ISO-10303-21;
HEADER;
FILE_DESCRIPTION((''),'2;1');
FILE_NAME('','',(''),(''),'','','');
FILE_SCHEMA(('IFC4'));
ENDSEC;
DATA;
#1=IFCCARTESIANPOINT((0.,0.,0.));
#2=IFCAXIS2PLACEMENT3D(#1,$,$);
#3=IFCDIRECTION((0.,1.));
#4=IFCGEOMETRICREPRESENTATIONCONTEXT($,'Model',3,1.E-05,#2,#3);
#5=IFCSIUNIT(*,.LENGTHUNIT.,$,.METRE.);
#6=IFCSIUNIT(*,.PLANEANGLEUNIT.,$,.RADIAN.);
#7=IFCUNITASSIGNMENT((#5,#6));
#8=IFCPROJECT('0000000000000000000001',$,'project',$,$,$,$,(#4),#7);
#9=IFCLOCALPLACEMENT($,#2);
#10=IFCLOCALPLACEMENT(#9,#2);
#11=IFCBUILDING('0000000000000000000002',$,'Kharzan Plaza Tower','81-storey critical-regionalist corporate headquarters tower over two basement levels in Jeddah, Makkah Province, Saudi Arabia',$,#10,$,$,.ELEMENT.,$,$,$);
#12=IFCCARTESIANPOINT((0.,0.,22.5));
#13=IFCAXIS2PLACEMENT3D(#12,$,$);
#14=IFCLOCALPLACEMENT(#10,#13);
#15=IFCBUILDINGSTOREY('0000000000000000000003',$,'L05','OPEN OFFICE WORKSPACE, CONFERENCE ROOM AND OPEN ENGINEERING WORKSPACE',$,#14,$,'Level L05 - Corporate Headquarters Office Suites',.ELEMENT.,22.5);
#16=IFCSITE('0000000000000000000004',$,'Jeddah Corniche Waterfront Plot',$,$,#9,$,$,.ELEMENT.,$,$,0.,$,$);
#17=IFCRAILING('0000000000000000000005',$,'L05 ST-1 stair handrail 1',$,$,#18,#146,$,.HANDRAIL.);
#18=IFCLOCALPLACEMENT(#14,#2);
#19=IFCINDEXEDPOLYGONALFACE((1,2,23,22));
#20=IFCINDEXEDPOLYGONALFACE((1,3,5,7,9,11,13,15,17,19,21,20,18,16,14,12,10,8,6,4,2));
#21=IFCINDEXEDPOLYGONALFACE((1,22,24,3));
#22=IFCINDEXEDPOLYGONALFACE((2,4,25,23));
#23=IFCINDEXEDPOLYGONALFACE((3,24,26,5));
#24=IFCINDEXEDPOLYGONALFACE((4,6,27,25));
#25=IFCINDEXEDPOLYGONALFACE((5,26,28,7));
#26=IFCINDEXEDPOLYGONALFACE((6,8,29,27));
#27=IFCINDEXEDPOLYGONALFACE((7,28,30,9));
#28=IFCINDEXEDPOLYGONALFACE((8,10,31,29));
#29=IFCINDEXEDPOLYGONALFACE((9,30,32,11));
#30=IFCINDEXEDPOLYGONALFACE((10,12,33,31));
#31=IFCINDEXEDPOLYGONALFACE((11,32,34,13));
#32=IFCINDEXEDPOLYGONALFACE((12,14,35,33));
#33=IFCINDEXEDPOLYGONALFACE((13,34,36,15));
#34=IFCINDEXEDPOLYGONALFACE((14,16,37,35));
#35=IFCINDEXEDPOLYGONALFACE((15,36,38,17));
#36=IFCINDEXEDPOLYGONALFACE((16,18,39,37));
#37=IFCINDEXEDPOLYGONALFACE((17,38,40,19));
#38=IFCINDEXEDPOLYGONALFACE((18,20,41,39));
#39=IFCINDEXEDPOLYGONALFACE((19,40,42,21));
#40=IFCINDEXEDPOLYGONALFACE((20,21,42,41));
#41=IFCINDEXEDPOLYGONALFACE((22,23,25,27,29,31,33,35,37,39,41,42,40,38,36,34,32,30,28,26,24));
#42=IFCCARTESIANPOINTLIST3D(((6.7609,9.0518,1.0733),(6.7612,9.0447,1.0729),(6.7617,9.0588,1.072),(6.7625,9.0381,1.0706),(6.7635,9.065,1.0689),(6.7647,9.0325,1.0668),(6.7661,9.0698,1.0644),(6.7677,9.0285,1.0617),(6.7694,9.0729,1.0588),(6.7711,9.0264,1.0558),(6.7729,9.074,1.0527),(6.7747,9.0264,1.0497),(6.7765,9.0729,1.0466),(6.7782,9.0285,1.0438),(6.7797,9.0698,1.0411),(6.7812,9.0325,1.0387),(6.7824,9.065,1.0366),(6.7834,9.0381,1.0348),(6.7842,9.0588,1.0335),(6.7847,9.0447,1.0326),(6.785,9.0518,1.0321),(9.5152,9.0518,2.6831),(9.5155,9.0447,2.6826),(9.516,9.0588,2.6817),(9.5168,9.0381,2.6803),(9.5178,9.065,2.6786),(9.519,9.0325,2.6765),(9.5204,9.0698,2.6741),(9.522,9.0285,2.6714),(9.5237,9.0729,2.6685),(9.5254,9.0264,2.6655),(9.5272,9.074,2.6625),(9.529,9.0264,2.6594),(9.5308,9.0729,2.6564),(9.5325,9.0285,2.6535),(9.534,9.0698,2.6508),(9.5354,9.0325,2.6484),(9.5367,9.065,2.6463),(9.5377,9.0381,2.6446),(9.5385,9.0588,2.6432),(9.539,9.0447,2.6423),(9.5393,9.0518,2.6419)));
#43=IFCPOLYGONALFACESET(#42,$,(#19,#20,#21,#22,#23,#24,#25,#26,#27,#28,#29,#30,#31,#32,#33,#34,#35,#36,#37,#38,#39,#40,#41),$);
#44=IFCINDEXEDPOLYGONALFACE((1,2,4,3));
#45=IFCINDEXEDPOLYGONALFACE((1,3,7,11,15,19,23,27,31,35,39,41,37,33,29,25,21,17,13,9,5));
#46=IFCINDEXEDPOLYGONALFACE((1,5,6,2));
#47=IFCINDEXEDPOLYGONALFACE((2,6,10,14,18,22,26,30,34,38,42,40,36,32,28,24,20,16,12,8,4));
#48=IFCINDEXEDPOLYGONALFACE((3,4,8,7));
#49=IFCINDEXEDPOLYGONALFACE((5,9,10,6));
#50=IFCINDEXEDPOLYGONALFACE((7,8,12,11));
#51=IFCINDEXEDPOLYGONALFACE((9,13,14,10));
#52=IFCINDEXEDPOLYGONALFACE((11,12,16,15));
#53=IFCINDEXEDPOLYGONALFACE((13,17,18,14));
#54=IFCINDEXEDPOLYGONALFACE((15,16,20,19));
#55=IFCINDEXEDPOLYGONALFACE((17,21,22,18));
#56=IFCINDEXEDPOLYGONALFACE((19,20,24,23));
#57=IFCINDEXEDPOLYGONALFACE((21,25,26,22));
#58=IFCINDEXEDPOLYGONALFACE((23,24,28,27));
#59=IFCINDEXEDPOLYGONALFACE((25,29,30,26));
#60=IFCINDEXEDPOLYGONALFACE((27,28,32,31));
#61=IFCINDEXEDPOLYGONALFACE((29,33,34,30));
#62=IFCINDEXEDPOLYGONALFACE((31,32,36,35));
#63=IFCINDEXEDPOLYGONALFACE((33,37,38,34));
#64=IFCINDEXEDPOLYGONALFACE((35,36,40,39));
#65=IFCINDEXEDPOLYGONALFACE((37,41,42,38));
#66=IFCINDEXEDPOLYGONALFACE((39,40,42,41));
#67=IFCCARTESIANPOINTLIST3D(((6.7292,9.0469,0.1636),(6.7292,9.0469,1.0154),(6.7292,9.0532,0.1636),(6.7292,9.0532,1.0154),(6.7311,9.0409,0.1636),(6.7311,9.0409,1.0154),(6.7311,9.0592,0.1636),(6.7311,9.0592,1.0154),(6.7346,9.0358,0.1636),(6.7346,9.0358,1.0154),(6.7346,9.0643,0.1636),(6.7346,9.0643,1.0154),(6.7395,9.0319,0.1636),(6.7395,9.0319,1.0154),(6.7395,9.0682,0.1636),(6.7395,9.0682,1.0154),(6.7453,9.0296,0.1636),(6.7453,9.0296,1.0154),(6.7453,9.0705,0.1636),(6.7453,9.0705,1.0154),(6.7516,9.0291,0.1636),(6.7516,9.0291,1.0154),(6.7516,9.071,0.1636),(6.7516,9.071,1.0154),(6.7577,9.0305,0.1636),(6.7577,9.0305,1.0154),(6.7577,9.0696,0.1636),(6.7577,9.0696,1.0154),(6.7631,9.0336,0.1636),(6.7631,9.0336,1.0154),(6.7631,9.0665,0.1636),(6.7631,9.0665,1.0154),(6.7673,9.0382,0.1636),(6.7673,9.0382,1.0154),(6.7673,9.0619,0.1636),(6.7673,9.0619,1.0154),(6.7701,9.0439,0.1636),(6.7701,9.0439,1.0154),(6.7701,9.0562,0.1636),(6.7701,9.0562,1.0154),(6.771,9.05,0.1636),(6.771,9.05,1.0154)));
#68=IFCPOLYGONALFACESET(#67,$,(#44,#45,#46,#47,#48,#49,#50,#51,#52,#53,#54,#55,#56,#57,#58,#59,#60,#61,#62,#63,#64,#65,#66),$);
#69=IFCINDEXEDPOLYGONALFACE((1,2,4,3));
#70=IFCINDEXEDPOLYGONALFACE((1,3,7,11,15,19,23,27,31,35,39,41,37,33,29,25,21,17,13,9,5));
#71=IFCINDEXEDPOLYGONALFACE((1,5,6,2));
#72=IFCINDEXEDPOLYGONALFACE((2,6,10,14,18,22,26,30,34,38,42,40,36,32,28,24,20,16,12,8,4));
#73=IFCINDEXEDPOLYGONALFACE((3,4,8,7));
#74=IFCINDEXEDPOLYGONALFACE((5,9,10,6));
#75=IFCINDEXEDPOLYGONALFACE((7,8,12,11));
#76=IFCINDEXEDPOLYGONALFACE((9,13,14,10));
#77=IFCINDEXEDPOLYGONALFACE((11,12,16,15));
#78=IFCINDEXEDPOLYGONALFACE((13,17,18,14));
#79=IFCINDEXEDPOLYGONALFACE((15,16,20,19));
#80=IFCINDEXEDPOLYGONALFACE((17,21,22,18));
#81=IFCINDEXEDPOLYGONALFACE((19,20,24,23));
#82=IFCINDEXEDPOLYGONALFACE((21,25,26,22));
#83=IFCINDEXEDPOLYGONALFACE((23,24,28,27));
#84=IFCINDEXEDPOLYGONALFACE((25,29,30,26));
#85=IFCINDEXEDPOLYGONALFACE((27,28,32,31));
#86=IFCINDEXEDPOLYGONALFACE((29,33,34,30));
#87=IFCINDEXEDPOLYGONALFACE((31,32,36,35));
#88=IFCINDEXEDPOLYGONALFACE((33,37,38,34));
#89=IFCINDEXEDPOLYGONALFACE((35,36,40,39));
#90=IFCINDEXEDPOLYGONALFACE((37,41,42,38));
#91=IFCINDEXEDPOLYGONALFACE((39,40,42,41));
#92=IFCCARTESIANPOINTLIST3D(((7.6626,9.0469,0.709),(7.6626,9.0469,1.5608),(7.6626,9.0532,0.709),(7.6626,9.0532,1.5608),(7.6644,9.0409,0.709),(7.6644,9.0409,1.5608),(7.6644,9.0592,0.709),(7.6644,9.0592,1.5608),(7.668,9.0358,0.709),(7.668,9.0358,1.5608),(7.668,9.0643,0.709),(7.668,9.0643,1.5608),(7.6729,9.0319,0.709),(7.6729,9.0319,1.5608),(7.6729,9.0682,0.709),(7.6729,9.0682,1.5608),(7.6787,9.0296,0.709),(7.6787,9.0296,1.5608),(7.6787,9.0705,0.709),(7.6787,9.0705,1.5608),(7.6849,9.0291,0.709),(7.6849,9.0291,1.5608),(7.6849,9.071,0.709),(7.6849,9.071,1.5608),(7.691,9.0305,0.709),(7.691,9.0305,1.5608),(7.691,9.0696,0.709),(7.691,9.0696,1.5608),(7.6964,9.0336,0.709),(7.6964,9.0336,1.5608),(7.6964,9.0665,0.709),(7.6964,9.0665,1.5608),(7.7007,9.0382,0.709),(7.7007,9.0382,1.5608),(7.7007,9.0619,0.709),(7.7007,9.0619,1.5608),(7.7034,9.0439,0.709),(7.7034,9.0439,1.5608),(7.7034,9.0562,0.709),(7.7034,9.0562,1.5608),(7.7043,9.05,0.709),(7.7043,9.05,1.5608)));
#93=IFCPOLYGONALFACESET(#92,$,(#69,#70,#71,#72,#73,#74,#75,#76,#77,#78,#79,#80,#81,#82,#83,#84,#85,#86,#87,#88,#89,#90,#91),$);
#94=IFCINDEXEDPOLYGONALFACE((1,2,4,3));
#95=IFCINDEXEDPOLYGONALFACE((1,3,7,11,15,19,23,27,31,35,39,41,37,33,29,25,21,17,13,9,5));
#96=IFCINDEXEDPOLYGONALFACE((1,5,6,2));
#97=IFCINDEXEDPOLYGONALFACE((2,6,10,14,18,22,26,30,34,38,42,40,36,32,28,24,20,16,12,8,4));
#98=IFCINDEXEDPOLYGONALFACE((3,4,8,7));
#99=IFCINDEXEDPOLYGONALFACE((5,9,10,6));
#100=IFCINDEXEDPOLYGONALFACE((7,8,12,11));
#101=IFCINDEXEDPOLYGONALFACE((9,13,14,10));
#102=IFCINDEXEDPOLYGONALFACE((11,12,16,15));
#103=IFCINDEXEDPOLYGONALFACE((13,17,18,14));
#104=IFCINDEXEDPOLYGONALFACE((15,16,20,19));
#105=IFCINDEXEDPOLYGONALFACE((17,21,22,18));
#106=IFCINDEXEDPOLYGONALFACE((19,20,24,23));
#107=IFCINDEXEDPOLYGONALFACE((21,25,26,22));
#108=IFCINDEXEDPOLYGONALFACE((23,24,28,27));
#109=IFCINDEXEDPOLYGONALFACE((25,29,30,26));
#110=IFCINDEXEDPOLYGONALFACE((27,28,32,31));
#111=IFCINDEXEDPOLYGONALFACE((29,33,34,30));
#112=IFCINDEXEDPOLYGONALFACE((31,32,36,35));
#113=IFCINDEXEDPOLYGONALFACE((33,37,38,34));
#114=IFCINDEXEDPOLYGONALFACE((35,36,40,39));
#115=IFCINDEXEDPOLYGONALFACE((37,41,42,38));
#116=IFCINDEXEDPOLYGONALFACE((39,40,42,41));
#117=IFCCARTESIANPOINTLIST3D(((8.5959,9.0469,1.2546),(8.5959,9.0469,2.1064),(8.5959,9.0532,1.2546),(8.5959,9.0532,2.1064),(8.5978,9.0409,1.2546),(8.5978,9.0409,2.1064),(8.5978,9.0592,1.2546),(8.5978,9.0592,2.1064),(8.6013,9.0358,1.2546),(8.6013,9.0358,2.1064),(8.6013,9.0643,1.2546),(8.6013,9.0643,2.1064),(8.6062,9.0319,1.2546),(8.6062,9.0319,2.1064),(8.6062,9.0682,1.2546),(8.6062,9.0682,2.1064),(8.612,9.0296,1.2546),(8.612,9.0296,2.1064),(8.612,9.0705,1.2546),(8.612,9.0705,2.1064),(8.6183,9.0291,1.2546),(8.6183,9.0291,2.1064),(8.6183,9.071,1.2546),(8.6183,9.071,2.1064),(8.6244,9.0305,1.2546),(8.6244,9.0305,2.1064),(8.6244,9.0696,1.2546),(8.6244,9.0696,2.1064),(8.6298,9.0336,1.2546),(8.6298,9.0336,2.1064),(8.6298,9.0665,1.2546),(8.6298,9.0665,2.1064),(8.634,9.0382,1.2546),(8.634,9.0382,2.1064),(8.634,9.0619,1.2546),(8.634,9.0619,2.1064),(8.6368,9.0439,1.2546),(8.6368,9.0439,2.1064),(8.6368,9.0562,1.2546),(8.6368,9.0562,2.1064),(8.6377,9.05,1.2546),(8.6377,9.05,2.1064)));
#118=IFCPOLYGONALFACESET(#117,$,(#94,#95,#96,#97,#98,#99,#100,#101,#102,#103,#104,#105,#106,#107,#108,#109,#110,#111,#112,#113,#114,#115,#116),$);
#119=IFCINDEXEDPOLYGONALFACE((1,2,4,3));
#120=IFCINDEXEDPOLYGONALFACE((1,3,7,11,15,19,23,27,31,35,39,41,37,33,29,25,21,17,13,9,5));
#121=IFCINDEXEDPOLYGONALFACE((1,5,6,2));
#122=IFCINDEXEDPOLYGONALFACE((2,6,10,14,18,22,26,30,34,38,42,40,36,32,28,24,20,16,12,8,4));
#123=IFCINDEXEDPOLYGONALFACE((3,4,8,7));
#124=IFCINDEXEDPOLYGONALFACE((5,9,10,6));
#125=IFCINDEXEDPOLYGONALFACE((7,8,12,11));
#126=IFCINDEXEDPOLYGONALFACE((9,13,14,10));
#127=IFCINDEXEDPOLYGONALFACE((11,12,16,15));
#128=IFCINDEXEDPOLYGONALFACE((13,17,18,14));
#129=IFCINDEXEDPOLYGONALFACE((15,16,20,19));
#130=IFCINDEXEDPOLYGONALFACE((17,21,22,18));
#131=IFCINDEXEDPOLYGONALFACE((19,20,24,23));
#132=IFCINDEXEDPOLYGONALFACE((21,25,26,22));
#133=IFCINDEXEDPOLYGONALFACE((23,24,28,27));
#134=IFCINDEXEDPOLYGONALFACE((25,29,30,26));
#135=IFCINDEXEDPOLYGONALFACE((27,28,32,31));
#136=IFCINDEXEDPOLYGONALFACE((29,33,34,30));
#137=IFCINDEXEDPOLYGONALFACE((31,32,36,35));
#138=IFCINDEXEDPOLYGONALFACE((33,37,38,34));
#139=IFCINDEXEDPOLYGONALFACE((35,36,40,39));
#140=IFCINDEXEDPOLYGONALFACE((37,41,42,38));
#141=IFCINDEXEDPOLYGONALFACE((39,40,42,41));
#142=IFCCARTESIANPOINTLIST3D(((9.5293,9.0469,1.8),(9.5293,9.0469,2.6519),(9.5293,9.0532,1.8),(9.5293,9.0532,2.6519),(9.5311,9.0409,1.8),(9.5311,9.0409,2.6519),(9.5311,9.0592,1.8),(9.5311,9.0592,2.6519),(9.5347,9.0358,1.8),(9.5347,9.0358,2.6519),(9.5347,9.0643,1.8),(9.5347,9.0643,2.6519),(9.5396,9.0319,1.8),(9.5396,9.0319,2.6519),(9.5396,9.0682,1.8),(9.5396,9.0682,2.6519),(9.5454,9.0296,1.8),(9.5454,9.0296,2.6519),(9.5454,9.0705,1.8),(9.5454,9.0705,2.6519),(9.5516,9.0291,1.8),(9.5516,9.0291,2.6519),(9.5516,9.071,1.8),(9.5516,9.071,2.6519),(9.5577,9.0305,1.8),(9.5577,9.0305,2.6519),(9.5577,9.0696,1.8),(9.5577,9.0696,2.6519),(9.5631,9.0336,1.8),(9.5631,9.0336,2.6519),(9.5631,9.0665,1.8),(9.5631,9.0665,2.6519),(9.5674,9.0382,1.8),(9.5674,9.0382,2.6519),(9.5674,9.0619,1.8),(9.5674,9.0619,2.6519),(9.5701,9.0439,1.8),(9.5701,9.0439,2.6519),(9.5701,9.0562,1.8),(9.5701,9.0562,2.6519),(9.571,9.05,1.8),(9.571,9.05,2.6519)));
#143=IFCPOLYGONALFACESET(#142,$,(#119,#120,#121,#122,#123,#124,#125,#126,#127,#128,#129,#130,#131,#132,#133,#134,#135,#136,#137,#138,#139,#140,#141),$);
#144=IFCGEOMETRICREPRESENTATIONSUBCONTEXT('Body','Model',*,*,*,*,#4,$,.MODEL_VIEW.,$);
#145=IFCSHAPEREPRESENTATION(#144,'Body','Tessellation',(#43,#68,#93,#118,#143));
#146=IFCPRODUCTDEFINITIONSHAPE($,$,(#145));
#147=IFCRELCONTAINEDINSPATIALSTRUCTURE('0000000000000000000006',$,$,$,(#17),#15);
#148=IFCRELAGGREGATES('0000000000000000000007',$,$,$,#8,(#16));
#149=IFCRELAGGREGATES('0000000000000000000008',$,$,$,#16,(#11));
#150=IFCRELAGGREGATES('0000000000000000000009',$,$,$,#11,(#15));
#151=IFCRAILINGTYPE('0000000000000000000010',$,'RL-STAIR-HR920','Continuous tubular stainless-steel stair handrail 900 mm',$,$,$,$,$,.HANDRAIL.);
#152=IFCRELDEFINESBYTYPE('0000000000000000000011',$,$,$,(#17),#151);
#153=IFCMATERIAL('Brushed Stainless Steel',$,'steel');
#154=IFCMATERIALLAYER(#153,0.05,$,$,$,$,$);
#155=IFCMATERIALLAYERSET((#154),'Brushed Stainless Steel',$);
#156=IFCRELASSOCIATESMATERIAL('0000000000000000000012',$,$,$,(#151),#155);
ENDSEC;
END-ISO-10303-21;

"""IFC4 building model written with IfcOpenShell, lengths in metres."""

from ifc_helpers import new_model, si_unit, direction, frame, origin, origin_2d, place, context, subcontext, project, spatial, circle, extrude, source, transform, mapped, material, layer, layer_set, type_object, element, save


model = new_model("IFC4")

# Units and contexts
model_context = context("Model", 3, precision=1e-05, world=origin(), true_north=direction((0.0, 1.0)))
body_context = subcontext(model_context, "Body", "Model", "MODEL_VIEW")
ifc_project = project(units=[si_unit("LENGTHUNIT", "METRE"), si_unit("PLANEANGLEUNIT", "RADIAN")], contexts=[model_context])

# Site, building, storey
site_placement = place(None, origin())
site = spatial("IfcSite", under=ifc_project, at=site_placement, Name="Jeddah Corniche Waterfront Plot", CompositionType="ELEMENT", RefElevation=0.0)
building_placement = place(site_placement, origin())
building = spatial("IfcBuilding", under=site, at=building_placement, Name="Kharzan Plaza Tower", Description="81-storey critical-regionalist corporate headquarters tower over two basement levels in Jeddah, Makkah Province, Saudi Arabia", CompositionType="ELEMENT")
storey_placement = place(building_placement, frame((0.0, 0.0, 22.5)))
storey = spatial("IfcBuildingStorey", under=building, at=storey_placement, Name="L05", Description="OPEN OFFICE WORKSPACE, CONFERENCE ROOM AND OPEN ENGINEERING WORKSPACE", LongName="Level L05 - Corporate Headquarters Office Suites", CompositionType="ELEMENT", Elevation=22.5)

# Railing
ifc_material_1 = material(Name="Brushed Stainless Steel", Category="steel")
ifc_layer_1 = layer(ifc_material_1, 0.05)
ifc_layer_set_1 = layer_set([ifc_layer_1], Name="Brushed Stainless Steel")
railing_type_1 = type_object("IfcRailingType", Name="RL-STAIR-HR920", Description="Continuous tubular stainless-steel stair handrail 900 mm", PredefinedType="HANDRAIL", material=ifc_layer_set_1)
shared_shape_1 = source(origin(), body_context, "Body", "SweptSolid", [
    extrude(circle(Radius=0.0239, at=origin_2d()), frame((0.0229, 0.0, 0.8892), z_axis=(0.863361, 0.0, 0.504587), x_axis=(0.0, 1.0, 0.0)), (0.0, 0.0, 1.0), 3.1902),
    extrude(circle(Radius=0.021, at=origin_2d()), origin(), (0.0, 0.0, 1.0), 0.8518),
    extrude(circle(Radius=0.021, at=origin_2d()), frame((0.9333, 0.0, 0.5454)), (0.0, 0.0, 1.0), 0.8518),
    extrude(circle(Radius=0.021, at=origin_2d()), frame((1.8667, 0.0, 1.0911)), (0.0, 0.0, 1.0), 0.8518),
    extrude(circle(Radius=0.021, at=origin_2d()), frame((2.8, 0.0, 1.6365)), (0.0, 0.0, 1.0), 0.8518),
])
railing_1_placement = place(storey_placement, frame((6.75, 9.05, 0.1636)))
element("IfcRailing", 1, at=railing_1_placement, inside=storey, type_object=railing_type_1, Name="L05 ST-1 stair handrail 1", PredefinedType="HANDRAIL", context=body_context, shape_type="MappedRepresentation", body=[
    mapped(shared_shape_1, transform((0.0, 0.0, 0.0), x_axis=(1.0, 0.0, 0.0), y_axis=(0.0, 1.0, 0.0), z_axis=(0.0, 0.0, 1.0))),
])

save(model, "model.ifc")
